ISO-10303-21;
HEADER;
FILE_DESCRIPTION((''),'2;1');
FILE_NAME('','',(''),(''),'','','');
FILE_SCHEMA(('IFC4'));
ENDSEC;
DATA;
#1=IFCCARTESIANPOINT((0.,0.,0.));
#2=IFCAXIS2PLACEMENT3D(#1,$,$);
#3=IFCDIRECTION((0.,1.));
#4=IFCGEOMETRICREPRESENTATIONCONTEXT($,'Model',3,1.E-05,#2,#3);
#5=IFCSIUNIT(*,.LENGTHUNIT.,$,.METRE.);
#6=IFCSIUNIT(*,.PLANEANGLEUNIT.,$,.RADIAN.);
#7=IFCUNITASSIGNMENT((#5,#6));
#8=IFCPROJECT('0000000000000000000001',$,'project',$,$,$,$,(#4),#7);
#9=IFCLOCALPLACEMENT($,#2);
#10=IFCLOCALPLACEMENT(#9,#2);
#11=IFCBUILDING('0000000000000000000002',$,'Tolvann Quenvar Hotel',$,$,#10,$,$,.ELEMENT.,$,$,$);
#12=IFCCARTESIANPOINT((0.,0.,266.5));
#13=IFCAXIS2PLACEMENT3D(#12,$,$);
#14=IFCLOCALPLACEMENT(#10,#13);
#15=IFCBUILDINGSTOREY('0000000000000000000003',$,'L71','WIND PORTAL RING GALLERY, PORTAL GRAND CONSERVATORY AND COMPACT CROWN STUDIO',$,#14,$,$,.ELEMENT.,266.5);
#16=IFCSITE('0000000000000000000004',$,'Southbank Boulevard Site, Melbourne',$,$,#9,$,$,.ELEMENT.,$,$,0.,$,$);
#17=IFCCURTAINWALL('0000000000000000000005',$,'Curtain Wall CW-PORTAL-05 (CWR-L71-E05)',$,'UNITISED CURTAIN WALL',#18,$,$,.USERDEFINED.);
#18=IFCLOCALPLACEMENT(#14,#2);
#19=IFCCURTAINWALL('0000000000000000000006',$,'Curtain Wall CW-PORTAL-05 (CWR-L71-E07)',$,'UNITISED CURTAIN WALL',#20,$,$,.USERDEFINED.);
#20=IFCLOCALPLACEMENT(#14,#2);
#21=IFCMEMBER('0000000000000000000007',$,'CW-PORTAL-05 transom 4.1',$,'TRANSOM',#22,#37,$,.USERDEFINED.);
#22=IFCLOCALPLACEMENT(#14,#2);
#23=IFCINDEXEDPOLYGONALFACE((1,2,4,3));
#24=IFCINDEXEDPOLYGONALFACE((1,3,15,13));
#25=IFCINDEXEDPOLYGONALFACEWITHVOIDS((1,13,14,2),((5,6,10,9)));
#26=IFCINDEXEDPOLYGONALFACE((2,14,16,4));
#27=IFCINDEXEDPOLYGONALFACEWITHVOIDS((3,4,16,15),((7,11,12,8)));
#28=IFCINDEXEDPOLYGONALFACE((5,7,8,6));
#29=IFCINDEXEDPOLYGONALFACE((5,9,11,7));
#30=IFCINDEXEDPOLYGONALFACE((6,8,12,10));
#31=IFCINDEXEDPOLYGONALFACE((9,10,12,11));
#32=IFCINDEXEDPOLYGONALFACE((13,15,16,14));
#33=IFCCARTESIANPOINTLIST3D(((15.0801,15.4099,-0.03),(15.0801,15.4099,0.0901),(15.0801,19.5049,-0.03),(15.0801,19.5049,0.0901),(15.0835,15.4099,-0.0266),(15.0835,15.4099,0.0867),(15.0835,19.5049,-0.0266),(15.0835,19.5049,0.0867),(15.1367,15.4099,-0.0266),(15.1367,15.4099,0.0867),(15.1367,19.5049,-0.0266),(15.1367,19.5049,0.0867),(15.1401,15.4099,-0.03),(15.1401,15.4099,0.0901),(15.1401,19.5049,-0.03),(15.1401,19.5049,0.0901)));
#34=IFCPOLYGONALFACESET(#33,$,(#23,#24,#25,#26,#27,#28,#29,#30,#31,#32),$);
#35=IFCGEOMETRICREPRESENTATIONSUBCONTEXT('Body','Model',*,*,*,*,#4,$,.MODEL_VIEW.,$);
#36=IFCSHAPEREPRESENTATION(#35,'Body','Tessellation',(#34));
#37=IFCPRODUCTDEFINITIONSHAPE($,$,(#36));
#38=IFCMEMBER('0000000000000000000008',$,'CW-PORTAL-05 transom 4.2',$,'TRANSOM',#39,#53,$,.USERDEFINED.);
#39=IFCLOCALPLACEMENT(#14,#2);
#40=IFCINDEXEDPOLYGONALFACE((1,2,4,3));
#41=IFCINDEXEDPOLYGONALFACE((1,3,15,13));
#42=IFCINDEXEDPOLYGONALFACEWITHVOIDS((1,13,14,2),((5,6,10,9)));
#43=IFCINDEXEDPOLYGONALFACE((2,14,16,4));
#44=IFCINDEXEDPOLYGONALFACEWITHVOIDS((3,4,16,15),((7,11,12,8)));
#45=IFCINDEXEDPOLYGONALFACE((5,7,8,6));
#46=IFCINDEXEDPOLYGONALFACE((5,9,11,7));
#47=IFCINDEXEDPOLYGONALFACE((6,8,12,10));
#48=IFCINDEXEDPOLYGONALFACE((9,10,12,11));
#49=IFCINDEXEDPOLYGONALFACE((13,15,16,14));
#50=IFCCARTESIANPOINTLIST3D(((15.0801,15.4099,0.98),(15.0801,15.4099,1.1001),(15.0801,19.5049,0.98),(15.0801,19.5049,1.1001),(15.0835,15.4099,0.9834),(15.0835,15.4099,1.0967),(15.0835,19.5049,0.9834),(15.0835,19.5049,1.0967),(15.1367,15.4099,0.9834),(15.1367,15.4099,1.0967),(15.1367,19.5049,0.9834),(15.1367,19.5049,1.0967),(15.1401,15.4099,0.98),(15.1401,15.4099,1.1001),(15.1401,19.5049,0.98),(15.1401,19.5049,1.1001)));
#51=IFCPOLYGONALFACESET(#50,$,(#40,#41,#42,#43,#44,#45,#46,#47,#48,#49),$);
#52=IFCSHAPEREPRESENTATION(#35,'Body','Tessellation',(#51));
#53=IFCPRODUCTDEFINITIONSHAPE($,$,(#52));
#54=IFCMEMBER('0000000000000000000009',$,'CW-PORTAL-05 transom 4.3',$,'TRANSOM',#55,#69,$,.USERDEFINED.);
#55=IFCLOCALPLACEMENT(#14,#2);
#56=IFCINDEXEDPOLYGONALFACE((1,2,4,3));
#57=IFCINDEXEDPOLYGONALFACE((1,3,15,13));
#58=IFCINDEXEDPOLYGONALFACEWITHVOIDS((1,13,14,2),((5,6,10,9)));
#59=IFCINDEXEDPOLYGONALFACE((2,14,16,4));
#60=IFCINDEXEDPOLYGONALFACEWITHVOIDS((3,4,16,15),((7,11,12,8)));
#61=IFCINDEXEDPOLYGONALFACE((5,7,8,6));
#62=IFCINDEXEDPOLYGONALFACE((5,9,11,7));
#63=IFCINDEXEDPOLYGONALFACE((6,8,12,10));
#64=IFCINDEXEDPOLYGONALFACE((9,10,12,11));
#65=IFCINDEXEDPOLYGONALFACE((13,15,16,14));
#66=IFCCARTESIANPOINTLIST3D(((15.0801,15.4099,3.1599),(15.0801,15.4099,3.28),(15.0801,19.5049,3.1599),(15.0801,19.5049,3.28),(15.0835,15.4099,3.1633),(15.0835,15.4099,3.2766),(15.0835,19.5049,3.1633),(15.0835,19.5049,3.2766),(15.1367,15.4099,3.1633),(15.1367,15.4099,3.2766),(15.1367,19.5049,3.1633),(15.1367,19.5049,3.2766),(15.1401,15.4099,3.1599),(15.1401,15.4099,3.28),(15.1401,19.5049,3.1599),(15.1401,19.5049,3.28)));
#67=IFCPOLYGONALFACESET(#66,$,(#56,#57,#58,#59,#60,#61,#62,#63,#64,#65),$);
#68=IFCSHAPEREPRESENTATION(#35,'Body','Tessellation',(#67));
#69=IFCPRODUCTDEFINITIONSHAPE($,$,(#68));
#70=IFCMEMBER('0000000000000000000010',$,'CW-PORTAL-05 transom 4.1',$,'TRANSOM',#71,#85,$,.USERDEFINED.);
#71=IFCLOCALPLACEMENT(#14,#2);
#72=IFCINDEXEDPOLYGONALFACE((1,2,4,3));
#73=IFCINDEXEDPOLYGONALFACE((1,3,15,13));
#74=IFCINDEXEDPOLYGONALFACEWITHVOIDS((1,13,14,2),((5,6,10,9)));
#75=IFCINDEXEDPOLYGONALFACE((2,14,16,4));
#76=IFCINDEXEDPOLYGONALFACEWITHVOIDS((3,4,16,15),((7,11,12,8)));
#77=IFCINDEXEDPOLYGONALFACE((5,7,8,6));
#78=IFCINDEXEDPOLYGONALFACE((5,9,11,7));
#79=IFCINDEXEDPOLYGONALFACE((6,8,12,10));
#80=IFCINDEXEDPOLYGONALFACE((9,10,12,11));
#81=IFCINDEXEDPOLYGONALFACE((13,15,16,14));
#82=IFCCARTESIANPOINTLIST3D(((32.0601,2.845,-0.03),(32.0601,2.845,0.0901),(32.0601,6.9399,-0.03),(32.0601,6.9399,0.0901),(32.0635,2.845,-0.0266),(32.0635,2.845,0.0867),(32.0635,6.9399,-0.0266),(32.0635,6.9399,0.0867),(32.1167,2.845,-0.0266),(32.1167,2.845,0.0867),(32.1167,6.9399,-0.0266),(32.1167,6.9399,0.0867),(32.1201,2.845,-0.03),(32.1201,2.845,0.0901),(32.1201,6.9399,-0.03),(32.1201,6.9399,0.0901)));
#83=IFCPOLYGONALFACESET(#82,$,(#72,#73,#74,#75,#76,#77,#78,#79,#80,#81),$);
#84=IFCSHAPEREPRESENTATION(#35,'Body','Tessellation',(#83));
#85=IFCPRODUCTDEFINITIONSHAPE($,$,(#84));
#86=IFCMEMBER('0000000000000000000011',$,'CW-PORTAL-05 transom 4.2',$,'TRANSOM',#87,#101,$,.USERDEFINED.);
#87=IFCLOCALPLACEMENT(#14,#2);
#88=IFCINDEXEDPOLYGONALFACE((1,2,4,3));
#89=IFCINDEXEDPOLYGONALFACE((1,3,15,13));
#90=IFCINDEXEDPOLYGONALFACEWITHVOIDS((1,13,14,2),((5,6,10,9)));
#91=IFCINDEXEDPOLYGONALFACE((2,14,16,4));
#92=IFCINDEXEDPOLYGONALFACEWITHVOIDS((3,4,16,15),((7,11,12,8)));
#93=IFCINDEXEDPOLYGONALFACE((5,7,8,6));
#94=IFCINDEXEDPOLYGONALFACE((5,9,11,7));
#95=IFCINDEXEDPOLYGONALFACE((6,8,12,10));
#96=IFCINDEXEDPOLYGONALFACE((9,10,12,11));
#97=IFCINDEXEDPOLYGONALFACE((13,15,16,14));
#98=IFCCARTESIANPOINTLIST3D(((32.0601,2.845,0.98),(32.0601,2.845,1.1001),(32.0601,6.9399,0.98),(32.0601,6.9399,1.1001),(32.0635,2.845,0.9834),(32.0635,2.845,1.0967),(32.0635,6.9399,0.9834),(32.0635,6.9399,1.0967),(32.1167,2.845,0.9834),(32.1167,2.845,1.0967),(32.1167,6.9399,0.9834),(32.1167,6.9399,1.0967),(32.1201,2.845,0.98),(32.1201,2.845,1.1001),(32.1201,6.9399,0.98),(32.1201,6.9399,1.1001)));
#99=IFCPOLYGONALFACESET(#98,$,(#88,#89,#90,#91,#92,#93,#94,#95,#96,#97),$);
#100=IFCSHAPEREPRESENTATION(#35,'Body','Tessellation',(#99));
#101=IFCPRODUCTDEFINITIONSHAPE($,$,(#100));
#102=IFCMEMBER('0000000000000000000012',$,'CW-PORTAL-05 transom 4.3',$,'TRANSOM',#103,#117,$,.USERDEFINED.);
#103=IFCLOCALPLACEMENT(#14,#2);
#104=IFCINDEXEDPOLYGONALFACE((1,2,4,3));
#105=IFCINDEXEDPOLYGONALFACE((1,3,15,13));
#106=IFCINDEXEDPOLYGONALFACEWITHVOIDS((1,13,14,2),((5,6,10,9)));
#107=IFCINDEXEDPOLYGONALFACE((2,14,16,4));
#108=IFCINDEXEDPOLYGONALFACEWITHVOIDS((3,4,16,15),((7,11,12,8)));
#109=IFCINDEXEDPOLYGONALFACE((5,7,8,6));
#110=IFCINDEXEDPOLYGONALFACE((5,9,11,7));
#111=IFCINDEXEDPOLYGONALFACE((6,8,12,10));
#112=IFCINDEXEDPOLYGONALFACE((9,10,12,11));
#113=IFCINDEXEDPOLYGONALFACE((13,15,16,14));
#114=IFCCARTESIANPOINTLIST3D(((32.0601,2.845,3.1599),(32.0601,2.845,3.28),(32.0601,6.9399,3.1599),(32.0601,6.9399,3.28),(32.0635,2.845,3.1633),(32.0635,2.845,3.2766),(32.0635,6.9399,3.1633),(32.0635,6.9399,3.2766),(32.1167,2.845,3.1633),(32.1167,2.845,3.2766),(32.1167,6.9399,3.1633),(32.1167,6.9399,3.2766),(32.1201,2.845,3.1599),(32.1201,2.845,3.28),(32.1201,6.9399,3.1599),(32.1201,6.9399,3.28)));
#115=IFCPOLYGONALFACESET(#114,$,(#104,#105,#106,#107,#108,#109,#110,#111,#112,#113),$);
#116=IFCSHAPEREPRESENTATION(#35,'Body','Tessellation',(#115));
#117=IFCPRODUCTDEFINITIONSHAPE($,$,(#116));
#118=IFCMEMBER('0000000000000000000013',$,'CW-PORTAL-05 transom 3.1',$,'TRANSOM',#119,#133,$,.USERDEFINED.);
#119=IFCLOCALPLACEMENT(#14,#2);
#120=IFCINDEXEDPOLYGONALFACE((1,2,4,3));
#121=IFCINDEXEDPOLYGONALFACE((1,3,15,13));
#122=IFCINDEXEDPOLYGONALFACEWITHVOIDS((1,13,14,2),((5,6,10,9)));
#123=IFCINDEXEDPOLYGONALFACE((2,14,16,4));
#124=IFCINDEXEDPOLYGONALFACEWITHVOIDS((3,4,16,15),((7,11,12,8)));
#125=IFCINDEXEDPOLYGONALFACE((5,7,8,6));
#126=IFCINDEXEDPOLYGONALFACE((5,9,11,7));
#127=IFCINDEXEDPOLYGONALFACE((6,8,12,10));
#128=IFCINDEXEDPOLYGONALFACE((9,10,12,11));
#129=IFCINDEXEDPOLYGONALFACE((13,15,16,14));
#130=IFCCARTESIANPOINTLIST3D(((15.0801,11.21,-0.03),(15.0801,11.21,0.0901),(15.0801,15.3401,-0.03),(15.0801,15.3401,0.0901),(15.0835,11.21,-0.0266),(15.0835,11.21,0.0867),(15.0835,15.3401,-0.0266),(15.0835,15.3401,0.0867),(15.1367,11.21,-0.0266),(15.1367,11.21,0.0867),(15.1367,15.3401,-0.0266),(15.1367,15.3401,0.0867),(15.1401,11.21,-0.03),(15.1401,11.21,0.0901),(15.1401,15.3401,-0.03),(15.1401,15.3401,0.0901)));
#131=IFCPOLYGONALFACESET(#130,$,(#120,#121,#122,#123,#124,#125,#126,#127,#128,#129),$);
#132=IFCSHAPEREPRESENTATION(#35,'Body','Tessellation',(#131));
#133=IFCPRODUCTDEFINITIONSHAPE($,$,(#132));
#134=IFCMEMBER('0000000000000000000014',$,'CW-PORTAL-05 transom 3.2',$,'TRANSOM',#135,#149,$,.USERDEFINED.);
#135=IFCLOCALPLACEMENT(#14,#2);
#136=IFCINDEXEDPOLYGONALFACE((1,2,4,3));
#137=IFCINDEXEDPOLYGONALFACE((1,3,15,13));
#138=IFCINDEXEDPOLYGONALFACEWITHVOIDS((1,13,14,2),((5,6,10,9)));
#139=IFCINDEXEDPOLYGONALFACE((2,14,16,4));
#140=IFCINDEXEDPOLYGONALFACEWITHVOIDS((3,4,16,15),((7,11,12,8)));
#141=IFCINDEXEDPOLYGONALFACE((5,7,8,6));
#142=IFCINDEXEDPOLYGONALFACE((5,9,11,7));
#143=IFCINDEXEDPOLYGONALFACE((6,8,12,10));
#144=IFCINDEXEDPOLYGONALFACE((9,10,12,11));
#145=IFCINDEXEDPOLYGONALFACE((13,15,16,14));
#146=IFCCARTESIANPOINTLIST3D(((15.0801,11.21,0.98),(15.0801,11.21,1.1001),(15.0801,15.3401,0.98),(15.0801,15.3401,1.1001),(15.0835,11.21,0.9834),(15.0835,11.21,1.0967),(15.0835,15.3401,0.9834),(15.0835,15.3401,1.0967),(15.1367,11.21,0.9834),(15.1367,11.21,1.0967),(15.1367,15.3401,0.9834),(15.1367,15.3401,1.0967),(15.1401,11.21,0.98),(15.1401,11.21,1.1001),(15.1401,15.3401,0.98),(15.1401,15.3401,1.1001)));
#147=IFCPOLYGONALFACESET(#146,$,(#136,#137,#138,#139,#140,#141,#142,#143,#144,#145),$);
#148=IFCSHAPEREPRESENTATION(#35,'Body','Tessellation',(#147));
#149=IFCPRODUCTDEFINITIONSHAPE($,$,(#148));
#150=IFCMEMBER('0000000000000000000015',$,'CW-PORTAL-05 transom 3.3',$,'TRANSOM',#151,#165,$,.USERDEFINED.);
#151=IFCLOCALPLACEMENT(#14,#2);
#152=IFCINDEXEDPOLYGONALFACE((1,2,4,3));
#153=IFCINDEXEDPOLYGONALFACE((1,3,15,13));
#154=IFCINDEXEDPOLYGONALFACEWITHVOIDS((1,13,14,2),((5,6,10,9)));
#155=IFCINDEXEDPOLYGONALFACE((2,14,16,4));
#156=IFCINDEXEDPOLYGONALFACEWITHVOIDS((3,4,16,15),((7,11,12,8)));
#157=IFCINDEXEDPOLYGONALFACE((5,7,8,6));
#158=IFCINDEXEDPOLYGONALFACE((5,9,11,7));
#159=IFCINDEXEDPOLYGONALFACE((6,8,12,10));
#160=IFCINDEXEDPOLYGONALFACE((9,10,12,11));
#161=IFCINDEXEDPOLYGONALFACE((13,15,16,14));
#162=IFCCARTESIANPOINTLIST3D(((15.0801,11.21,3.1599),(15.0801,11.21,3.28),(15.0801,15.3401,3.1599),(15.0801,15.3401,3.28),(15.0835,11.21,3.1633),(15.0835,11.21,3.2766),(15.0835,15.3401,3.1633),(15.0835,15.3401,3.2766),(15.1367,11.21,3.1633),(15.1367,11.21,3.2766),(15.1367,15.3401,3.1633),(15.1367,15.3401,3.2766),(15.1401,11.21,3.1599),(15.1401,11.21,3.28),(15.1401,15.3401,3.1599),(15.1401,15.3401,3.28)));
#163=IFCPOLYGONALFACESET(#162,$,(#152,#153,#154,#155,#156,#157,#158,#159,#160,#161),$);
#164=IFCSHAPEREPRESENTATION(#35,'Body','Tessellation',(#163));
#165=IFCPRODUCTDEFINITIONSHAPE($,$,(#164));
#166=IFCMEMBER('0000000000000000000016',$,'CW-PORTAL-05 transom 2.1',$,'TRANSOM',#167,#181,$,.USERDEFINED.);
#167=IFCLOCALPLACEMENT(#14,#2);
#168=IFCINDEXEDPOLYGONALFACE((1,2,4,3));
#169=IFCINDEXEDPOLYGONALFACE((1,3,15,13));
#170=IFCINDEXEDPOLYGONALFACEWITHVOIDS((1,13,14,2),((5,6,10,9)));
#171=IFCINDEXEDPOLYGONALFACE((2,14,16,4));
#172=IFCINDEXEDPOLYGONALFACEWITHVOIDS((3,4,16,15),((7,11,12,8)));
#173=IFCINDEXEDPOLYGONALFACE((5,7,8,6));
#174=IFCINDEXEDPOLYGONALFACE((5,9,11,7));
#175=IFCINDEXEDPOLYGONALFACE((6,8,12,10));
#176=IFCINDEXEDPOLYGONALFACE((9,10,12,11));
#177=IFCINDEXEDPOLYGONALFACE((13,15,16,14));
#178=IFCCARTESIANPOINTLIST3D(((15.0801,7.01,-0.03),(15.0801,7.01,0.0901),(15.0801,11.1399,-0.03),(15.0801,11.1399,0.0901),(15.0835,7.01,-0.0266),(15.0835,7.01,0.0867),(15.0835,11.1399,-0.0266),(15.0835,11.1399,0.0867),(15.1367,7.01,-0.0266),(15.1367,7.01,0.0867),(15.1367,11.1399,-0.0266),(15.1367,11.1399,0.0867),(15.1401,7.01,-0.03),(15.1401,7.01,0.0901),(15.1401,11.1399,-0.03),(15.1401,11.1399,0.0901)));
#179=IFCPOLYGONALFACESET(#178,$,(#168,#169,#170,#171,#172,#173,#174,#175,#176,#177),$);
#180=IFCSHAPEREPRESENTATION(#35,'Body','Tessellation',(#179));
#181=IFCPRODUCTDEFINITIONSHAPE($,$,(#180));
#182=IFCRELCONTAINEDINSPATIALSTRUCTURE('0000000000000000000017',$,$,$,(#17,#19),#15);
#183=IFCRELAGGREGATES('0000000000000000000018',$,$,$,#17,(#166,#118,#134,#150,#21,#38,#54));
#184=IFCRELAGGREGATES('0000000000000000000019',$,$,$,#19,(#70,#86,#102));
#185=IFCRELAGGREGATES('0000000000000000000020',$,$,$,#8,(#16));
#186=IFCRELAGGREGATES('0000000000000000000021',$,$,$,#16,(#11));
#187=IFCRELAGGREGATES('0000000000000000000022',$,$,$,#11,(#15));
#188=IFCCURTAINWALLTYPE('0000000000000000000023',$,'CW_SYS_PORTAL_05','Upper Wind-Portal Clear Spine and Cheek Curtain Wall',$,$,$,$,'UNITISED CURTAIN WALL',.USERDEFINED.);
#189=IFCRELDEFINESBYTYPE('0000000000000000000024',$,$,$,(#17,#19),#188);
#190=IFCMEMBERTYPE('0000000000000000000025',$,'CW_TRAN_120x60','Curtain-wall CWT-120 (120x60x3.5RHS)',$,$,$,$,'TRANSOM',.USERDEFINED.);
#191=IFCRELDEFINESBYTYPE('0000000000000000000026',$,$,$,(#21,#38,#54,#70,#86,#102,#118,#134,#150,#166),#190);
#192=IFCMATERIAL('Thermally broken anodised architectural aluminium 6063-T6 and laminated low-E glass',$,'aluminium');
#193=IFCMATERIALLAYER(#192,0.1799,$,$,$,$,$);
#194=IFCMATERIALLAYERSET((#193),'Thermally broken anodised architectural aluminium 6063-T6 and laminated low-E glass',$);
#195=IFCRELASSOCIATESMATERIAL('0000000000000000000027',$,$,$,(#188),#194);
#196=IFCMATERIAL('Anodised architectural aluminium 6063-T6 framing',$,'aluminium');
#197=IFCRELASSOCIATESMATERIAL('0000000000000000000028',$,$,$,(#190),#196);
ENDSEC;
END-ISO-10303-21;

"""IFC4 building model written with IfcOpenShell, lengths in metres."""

from ifc_helpers import new_model, si_unit, direction, frame, origin, origin_2d, place, context, subcontext, project, spatial, hollow_rectangle, extrude, source, transform, mapped, material, layer, layer_set, material_profile, profile_set, type_object, type_shapes, element, aggregate, save


model = new_model("IFC4")

# Units and contexts
model_context = context("Model", 3, precision=1e-05, world=origin(), true_north=direction((0.0, 1.0)))
body_context = subcontext(model_context, "Body", "Model", "MODEL_VIEW")
ifc_project = project(units=[si_unit("LENGTHUNIT", "METRE"), si_unit("PLANEANGLEUNIT", "RADIAN")], contexts=[model_context])

# Site, building, storey
site_placement = place(None, origin())
site = spatial("IfcSite", under=ifc_project, at=site_placement, Name="Southbank Boulevard Site, Melbourne", CompositionType="ELEMENT", RefElevation=0.0)
building_placement = place(site_placement, origin())
building = spatial("IfcBuilding", under=site, at=building_placement, Name="Tolvann Quenvar Hotel", CompositionType="ELEMENT")
storey_placement = place(building_placement, frame((0.0, 0.0, 266.5)))
storey = spatial("IfcBuildingStorey", under=building, at=storey_placement, Name="L71", Description="WIND PORTAL RING GALLERY, PORTAL GRAND CONSERVATORY AND COMPACT CROWN STUDIO", CompositionType="ELEMENT", Elevation=266.5)

# Curtain walls
ifc_material_1 = material(Name="Thermally broken anodised architectural aluminium 6063-T6 and laminated low-E glass", Category="aluminium")
ifc_layer_1 = layer(ifc_material_1, 0.1799)
ifc_layer_set_1 = layer_set([ifc_layer_1], Name="Thermally broken anodised architectural aluminium 6063-T6 and laminated low-E glass")
curtain_wall_type = type_object("IfcCurtainWallType", Name="CW_SYS_PORTAL_05", Description="Upper Wind-Portal Clear Spine and Cheek Curtain Wall", ElementType="UNITISED CURTAIN WALL", PredefinedType="USERDEFINED", material=ifc_layer_set_1)
curtain_wall_1_placement = place(storey_placement, origin())
curtain_wall_1 = element("IfcCurtainWall", 1, at=curtain_wall_1_placement, inside=storey, type_object=curtain_wall_type, Name="Curtain Wall CW-PORTAL-05 (CWR-L71-E05)", ObjectType="UNITISED CURTAIN WALL", PredefinedType="USERDEFINED")
ifc_material_2 = material(Name="Anodised architectural aluminium 6063-T6 framing", Category="aluminium")
curtain_wall_2_placement = place(storey_placement, origin())
curtain_wall_2 = element("IfcCurtainWall", 2, at=curtain_wall_2_placement, inside=storey, type_object=curtain_wall_type, Name="Curtain Wall CW-PORTAL-05 (CWR-L71-E07)", ObjectType="UNITISED CURTAIN WALL", PredefinedType="USERDEFINED")

# Members
ifc_material_profile_1 = material_profile(ifc_material_2, hollow_rectangle(XDim=0.0601, YDim=0.1201, WallThickness=0.0034, at=origin_2d()), Name="120x60x3.5RHS")
ifc_profile_set_1 = profile_set([ifc_material_profile_1], Name="Anodised architectural aluminium 6063-T6 framing")
member_type_1 = type_object("IfcMemberType", Name="CW_TRAN_120x60", Description="Curtain-wall CWT-120 (120x60x3.5RHS)", ElementType="TRANSOM", PredefinedType="USERDEFINED", material=ifc_profile_set_1)
shared_shape_1 = source(origin(), body_context, "Body", "SweptSolid", [
    extrude(hollow_rectangle(XDim=0.0601, YDim=0.1201, WallThickness=0.0034, at=origin_2d()), origin(), (0.0, 0.0, 1.0), 4.095),
])
member_1_placement = place(storey_placement, frame((15.1101, 15.4099, 0.03), z_axis=(0.0, 1.0, 0.0), x_axis=(-1.0, 0.0, 0.0)))
member_1 = element("IfcMember", 3, at=member_1_placement, type_object=member_type_1, Name="CW-PORTAL-05 transom 4.1", ObjectType="TRANSOM", PredefinedType="USERDEFINED", context=body_context, shape_type="MappedRepresentation", body=[
    mapped(shared_shape_1, transform((0.0, 0.0, 0.0), x_axis=(1.0, 0.0, 0.0), y_axis=(0.0, 1.0, 0.0), z_axis=(0.0, 0.0, 1.0), scale=1.0)),
])
member_2_placement = place(storey_placement, frame((15.1101, 15.4099, 1.04), z_axis=(0.0, 1.0, 0.0), x_axis=(-1.0, 0.0, 0.0)))
member_2 = element("IfcMember", 4, at=member_2_placement, type_object=member_type_1, Name="CW-PORTAL-05 transom 4.2", ObjectType="TRANSOM", PredefinedType="USERDEFINED", context=body_context, shape_type="MappedRepresentation", body=[
    mapped(shared_shape_1, transform((0.0, 0.0, 0.0), x_axis=(1.0, 0.0, 0.0), y_axis=(0.0, 1.0, 0.0), z_axis=(0.0, 0.0, 1.0), scale=1.0)),
])
member_3_placement = place(storey_placement, frame((15.1101, 15.4099, 3.22), z_axis=(0.0, 1.0, 0.0), x_axis=(-1.0, 0.0, 0.0)))
member_3 = element("IfcMember", 5, at=member_3_placement, type_object=member_type_1, Name="CW-PORTAL-05 transom 4.3", ObjectType="TRANSOM", PredefinedType="USERDEFINED", context=body_context, shape_type="MappedRepresentation", body=[
    mapped(shared_shape_1, transform((0.0, 0.0, 0.0), x_axis=(1.0, 0.0, 0.0), y_axis=(0.0, 1.0, 0.0), z_axis=(0.0, 0.0, 1.0), scale=1.0)),
])
member_4_placement = place(storey_placement, frame((32.0901, 6.9399, 0.03), z_axis=(0.0, -1.0, 0.0), x_axis=(1.0, 0.0, 0.0)))
member_4 = element("IfcMember", 6, at=member_4_placement, type_object=member_type_1, Name="CW-PORTAL-05 transom 4.1", ObjectType="TRANSOM", PredefinedType="USERDEFINED", context=body_context, shape_type="MappedRepresentation", body=[
    mapped(shared_shape_1, transform((0.0, 0.0, 0.0), x_axis=(1.0, 0.0, 0.0), y_axis=(0.0, 1.0, 0.0), z_axis=(0.0, 0.0, 1.0), scale=1.0)),
])
member_5_placement = place(storey_placement, frame((32.0901, 6.9399, 1.04), z_axis=(0.0, -1.0, 0.0), x_axis=(1.0, 0.0, 0.0)))
member_5 = element("IfcMember", 7, at=member_5_placement, type_object=member_type_1, Name="CW-PORTAL-05 transom 4.2", ObjectType="TRANSOM", PredefinedType="USERDEFINED", context=body_context, shape_type="MappedRepresentation", body=[
    mapped(shared_shape_1, transform((0.0, 0.0, 0.0), x_axis=(1.0, 0.0, 0.0), y_axis=(0.0, 1.0, 0.0), z_axis=(0.0, 0.0, 1.0), scale=1.0)),
])
member_6_placement = place(storey_placement, frame((32.0901, 6.9399, 3.22), z_axis=(0.0, -1.0, 0.0), x_axis=(1.0, 0.0, 0.0)))
member_6 = element("IfcMember", 8, at=member_6_placement, type_object=member_type_1, Name="CW-PORTAL-05 transom 4.3", ObjectType="TRANSOM", PredefinedType="USERDEFINED", context=body_context, shape_type="MappedRepresentation", body=[
    mapped(shared_shape_1, transform((0.0, 0.0, 0.0), x_axis=(1.0, 0.0, 0.0), y_axis=(0.0, 1.0, 0.0), z_axis=(0.0, 0.0, 1.0), scale=1.0)),
])
shared_shape_2 = source(origin(), body_context, "Body", "SweptSolid", [
    extrude(hollow_rectangle(XDim=0.0601, YDim=0.1201, WallThickness=0.0034, at=origin_2d()), origin(), (0.0, 0.0, 1.0), 4.1301),
])
member_7_placement = place(storey_placement, frame((15.1101, 11.21, 0.03), z_axis=(0.0, 1.0, 0.0), x_axis=(-1.0, 0.0, 0.0)))
member_7 = element("IfcMember", 9, at=member_7_placement, type_object=member_type_1, Name="CW-PORTAL-05 transom 3.1", ObjectType="TRANSOM", PredefinedType="USERDEFINED", context=body_context, shape_type="MappedRepresentation", body=[
    mapped(shared_shape_2, transform((0.0, 0.0, 0.0), x_axis=(1.0, 0.0, 0.0), y_axis=(0.0, 1.0, 0.0), z_axis=(0.0, 0.0, 1.0), scale=1.0)),
])
member_8_placement = place(storey_placement, frame((15.1101, 11.21, 1.04), z_axis=(0.0, 1.0, 0.0), x_axis=(-1.0, 0.0, 0.0)))
member_8 = element("IfcMember", 10, at=member_8_placement, type_object=member_type_1, Name="CW-PORTAL-05 transom 3.2", ObjectType="TRANSOM", PredefinedType="USERDEFINED", context=body_context, shape_type="MappedRepresentation", body=[
    mapped(shared_shape_2, transform((0.0, 0.0, 0.0), x_axis=(1.0, 0.0, 0.0), y_axis=(0.0, 1.0, 0.0), z_axis=(0.0, 0.0, 1.0), scale=1.0)),
])
member_9_placement = place(storey_placement, frame((15.1101, 11.21, 3.22), z_axis=(0.0, 1.0, 0.0), x_axis=(-1.0, 0.0, 0.0)))
member_9 = element("IfcMember", 11, at=member_9_placement, type_object=member_type_1, Name="CW-PORTAL-05 transom 3.3", ObjectType="TRANSOM", PredefinedType="USERDEFINED", context=body_context, shape_type="MappedRepresentation", body=[
    mapped(shared_shape_2, transform((0.0, 0.0, 0.0), x_axis=(1.0, 0.0, 0.0), y_axis=(0.0, 1.0, 0.0), z_axis=(0.0, 0.0, 1.0), scale=1.0)),
])
shared_shape_3 = source(origin(), body_context, "Body", "SweptSolid", [
    extrude(hollow_rectangle(XDim=0.0601, YDim=0.1201, WallThickness=0.0034, at=origin_2d()), origin(), (0.0, 0.0, 1.0), 4.1299),
])
type_shapes(member_type_1, [shared_shape_1, shared_shape_2, shared_shape_3])
member_10_placement = place(storey_placement, frame((15.1101, 7.01, 0.03), z_axis=(0.0, 1.0, 0.0), x_axis=(-1.0, 0.0, 0.0)))
member_10 = element("IfcMember", 12, at=member_10_placement, type_object=member_type_1, Name="CW-PORTAL-05 transom 2.1", ObjectType="TRANSOM", PredefinedType="USERDEFINED", context=body_context, shape_type="MappedRepresentation", body=[
    mapped(shared_shape_3, transform((0.0, 0.0, 0.0), x_axis=(1.0, 0.0, 0.0), y_axis=(0.0, 1.0, 0.0), z_axis=(0.0, 0.0, 1.0), scale=1.0)),
])

aggregate(curtain_wall_1, [member_10, member_7, member_8, member_9, member_1, member_2, member_3])
aggregate(curtain_wall_2, [member_4, member_5, member_6])

save(model, "model.ifc")
